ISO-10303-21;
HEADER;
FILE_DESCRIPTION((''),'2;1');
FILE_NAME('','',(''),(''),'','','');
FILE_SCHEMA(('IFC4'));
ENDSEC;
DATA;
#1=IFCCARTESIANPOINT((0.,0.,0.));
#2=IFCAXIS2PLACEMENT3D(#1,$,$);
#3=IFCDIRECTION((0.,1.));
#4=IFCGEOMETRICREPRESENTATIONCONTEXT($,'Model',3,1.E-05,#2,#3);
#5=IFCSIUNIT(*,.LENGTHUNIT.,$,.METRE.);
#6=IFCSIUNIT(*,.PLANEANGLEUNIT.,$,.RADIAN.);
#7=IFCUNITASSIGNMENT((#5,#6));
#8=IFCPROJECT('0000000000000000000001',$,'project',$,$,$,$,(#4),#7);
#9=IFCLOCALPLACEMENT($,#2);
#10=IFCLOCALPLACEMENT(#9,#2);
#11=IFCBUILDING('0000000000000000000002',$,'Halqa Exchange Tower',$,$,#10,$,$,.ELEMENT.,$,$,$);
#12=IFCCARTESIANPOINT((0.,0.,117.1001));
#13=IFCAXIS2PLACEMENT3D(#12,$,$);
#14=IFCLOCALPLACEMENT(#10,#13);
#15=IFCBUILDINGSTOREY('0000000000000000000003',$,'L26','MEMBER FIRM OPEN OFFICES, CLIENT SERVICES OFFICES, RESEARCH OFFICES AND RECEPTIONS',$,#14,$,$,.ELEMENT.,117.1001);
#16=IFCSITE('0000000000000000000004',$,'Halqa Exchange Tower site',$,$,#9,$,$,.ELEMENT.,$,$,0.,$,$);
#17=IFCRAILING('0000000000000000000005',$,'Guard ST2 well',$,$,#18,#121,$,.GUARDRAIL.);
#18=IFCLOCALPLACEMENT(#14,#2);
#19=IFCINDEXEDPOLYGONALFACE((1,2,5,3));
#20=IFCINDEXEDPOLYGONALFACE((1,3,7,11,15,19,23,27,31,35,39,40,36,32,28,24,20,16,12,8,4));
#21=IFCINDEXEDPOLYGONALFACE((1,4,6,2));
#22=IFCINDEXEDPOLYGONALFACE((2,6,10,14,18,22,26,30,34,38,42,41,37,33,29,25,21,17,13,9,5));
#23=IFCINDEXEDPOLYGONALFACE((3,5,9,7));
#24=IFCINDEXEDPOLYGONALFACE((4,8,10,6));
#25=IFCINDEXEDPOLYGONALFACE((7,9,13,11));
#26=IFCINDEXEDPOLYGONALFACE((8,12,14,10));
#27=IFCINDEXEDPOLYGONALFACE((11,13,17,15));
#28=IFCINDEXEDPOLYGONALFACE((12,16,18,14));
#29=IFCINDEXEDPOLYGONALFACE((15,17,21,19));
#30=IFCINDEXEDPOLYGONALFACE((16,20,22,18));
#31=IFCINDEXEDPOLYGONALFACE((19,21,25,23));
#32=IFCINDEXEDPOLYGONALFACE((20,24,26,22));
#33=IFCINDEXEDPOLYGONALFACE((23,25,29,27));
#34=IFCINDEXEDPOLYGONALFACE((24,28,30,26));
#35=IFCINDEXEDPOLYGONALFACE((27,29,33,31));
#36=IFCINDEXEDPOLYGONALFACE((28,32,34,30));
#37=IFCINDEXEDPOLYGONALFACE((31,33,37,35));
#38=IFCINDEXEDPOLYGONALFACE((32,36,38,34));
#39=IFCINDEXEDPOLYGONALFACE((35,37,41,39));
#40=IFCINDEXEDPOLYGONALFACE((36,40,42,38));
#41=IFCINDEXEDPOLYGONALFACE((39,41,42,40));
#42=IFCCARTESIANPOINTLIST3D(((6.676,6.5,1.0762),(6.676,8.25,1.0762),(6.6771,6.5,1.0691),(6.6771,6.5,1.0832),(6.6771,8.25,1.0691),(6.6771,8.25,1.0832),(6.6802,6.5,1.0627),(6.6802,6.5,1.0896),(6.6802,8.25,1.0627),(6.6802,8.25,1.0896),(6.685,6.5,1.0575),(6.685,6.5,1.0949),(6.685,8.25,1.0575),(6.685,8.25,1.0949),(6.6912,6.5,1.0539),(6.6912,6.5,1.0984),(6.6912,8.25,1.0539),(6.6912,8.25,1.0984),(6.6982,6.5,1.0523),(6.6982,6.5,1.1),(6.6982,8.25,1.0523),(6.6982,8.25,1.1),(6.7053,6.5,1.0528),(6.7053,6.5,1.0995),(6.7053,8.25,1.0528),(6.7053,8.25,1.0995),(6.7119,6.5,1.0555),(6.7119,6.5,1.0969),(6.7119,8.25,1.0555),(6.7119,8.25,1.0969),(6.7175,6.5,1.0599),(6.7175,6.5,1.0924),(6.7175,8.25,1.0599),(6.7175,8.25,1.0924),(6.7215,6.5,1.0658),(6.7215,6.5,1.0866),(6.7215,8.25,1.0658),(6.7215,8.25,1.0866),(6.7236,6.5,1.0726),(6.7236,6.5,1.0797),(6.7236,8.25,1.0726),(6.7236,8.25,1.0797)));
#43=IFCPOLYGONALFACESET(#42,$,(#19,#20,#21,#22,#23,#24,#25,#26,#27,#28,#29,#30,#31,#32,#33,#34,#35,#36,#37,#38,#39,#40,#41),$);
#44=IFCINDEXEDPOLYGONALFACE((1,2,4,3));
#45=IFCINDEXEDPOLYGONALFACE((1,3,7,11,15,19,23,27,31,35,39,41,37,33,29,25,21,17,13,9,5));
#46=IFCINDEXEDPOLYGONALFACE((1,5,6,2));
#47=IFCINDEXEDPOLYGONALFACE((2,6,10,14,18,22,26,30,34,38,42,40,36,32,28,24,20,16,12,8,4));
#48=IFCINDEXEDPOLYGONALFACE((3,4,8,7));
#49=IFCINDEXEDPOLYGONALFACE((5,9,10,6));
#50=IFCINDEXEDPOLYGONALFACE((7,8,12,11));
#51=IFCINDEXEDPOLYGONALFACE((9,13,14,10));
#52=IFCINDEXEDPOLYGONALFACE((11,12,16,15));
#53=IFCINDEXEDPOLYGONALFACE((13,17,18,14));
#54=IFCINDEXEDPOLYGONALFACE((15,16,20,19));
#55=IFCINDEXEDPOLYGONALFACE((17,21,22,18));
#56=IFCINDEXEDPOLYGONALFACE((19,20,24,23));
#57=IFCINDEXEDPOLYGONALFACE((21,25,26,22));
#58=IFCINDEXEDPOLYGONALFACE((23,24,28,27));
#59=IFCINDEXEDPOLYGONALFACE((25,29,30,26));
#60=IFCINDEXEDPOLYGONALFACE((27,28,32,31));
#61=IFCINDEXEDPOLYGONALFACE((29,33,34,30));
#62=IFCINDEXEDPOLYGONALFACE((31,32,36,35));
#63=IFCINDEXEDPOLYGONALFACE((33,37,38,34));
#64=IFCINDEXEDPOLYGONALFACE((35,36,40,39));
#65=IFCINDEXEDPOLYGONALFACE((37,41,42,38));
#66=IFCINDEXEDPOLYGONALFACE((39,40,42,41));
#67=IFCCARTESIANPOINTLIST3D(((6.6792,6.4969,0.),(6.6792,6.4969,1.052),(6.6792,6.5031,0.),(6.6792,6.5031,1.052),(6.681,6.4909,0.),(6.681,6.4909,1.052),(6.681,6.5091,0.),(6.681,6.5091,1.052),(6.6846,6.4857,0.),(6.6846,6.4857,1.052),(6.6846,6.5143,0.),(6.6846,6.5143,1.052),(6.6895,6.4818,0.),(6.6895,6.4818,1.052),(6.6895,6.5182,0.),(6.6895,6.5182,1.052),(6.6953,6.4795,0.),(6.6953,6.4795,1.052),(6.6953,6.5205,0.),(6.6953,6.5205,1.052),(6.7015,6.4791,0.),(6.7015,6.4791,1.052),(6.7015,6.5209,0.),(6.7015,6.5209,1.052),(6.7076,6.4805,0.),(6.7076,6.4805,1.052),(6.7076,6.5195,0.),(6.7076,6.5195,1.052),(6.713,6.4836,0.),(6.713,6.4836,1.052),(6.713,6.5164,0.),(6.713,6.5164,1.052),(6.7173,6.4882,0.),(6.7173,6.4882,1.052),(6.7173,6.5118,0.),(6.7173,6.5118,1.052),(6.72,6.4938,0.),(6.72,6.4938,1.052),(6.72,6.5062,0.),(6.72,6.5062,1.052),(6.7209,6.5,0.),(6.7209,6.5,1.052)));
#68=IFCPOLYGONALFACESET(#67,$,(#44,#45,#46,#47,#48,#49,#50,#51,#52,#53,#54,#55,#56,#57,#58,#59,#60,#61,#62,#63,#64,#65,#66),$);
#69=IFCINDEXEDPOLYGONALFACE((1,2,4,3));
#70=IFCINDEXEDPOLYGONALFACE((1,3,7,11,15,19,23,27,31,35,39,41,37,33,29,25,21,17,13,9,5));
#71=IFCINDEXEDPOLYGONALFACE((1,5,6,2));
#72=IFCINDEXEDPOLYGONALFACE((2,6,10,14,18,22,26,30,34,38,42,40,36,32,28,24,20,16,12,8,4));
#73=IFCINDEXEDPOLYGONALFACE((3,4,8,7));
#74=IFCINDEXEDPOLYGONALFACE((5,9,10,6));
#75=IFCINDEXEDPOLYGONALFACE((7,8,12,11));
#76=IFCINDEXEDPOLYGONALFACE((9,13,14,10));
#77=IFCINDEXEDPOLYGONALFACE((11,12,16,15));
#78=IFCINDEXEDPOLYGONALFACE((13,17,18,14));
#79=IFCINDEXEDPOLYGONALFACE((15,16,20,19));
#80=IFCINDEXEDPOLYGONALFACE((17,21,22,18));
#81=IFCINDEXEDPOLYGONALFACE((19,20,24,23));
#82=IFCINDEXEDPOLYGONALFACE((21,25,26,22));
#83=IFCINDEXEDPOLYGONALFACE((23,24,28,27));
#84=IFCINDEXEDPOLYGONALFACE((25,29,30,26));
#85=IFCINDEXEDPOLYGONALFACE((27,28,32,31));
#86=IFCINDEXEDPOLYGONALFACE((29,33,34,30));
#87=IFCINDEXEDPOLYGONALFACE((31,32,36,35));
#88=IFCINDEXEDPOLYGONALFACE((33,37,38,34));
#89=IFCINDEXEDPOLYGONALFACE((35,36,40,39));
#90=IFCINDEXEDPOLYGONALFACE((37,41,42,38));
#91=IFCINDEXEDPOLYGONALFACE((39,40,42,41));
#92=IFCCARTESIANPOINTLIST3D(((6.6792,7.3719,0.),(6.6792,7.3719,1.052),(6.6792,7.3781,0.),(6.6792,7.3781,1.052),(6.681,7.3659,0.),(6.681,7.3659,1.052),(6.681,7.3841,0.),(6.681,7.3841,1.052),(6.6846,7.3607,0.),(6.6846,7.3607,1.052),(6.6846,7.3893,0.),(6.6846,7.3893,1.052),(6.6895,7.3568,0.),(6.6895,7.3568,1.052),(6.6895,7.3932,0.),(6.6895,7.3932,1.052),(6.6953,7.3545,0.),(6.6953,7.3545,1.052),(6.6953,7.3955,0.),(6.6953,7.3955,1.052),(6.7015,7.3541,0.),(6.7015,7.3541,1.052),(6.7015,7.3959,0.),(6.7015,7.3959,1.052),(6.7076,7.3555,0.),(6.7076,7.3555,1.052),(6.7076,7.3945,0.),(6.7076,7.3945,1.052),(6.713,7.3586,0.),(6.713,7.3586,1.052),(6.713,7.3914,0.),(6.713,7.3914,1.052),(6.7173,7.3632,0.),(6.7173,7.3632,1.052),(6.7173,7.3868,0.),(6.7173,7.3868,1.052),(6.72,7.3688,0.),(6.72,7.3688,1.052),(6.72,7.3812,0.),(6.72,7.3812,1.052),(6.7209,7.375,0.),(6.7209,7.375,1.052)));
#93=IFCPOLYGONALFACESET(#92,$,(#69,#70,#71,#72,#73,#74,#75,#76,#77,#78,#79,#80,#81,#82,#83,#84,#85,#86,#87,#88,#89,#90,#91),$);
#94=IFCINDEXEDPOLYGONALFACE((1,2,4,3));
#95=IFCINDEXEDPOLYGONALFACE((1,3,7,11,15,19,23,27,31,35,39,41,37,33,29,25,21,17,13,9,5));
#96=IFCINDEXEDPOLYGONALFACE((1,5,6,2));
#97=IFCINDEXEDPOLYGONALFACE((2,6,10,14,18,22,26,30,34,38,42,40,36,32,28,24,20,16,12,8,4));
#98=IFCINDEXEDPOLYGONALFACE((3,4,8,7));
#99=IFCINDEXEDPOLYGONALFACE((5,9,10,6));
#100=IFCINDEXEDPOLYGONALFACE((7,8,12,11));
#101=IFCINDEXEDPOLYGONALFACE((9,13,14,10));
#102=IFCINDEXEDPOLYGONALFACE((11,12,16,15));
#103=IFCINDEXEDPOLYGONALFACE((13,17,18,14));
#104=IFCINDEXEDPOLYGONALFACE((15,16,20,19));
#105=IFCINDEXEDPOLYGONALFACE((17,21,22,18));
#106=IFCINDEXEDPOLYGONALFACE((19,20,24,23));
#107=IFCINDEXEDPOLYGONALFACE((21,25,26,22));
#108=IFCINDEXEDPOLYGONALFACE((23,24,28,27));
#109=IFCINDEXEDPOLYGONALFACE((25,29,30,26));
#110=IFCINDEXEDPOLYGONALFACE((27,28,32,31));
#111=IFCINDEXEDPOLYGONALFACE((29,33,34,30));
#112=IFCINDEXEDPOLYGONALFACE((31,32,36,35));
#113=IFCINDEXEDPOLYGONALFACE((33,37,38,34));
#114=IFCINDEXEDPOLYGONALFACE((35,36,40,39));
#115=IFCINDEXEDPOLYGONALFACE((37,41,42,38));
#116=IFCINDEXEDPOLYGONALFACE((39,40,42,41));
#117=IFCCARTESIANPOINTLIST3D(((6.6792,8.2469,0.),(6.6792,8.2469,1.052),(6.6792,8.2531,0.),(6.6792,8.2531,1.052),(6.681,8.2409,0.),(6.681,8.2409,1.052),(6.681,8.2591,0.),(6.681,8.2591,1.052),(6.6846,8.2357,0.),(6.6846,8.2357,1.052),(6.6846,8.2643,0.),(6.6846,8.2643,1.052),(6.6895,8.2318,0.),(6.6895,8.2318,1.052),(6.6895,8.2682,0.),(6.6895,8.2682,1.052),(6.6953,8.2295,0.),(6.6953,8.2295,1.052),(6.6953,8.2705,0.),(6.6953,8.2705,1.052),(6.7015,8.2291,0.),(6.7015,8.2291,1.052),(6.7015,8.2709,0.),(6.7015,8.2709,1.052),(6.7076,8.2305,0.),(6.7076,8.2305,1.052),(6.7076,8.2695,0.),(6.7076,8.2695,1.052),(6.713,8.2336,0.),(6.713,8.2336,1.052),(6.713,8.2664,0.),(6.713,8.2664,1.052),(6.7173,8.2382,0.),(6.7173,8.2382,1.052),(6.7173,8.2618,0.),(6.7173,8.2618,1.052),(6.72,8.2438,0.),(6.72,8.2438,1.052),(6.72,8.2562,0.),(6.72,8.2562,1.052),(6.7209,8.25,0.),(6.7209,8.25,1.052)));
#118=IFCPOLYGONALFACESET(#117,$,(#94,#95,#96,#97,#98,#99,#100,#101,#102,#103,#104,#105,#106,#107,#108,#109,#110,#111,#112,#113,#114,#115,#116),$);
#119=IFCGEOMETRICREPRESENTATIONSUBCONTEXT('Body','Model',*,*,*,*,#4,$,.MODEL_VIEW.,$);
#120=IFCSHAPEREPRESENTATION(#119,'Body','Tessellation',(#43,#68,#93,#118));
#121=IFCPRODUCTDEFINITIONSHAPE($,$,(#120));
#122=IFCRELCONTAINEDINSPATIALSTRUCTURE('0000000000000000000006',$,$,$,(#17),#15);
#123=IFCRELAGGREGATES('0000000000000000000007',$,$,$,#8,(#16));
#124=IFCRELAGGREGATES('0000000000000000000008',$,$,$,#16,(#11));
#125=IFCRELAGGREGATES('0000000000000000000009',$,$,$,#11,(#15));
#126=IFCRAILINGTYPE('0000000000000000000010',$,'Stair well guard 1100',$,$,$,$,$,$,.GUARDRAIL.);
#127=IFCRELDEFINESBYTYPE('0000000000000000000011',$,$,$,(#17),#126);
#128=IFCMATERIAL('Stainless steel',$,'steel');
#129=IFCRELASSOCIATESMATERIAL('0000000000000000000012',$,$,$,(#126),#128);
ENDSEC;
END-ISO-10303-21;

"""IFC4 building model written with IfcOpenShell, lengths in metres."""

from ifc_helpers import new_model, si_unit, direction, frame, origin, origin_2d, place, context, subcontext, project, spatial, circle, extrude, material, type_object, element, save


model = new_model("IFC4")

# Units and contexts
model_context = context("Model", 3, precision=1e-05, world=origin(), true_north=direction((0.0, 1.0)))
body_context = subcontext(model_context, "Body", "Model", "MODEL_VIEW")
ifc_project = project(units=[si_unit("LENGTHUNIT", "METRE"), si_unit("PLANEANGLEUNIT", "RADIAN")], contexts=[model_context])

# Site, building, storey
site_placement = place(None, origin())
site = spatial("IfcSite", under=ifc_project, at=site_placement, Name="Halqa Exchange Tower site", CompositionType="ELEMENT", RefElevation=0.0)
building_placement = place(site_placement, origin())
building = spatial("IfcBuilding", under=site, at=building_placement, Name="Halqa Exchange Tower", CompositionType="ELEMENT")
storey_placement = place(building_placement, frame((0.0, 0.0, 117.1001)))
storey = spatial("IfcBuildingStorey", under=building, at=storey_placement, Name="L26", Description="MEMBER FIRM OPEN OFFICES, CLIENT SERVICES OFFICES, RESEARCH OFFICES AND RECEPTIONS", CompositionType="ELEMENT", Elevation=117.1001)

# Railing
ifc_material_1 = material(Name="Stainless steel", Category="steel")
railing_type_1 = type_object("IfcRailingType", Name="Stair well guard 1100", PredefinedType="GUARDRAIL", material=ifc_material_1)
railing_1_placement = place(storey_placement, frame((6.7, 6.5, 0.0)))
element("IfcRailing", 1, at=railing_1_placement, inside=storey, type_object=railing_type_1, Name="Guard ST2 well", PredefinedType="GUARDRAIL", context=body_context, shape_type="SweptSolid", body=[
    extrude(circle(Radius=0.0239, at=origin_2d()), frame((0.0, 0.0, 1.0762), z_axis=(0.0, 1.0, 0.0), x_axis=(-1.0, 0.0, 0.0)), (0.0, 0.0, 1.0), 1.75),
    extrude(circle(Radius=0.021, at=origin_2d()), origin(), (0.0, 0.0, 1.0), 1.052),
    extrude(circle(Radius=0.021, at=origin_2d()), frame((0.0, 0.875, 0.0)), (0.0, 0.0, 1.0), 1.052),
    extrude(circle(Radius=0.021, at=origin_2d()), frame((0.0, 1.75, 0.0)), (0.0, 0.0, 1.0), 1.052),
])

save(model, "model.ifc")
